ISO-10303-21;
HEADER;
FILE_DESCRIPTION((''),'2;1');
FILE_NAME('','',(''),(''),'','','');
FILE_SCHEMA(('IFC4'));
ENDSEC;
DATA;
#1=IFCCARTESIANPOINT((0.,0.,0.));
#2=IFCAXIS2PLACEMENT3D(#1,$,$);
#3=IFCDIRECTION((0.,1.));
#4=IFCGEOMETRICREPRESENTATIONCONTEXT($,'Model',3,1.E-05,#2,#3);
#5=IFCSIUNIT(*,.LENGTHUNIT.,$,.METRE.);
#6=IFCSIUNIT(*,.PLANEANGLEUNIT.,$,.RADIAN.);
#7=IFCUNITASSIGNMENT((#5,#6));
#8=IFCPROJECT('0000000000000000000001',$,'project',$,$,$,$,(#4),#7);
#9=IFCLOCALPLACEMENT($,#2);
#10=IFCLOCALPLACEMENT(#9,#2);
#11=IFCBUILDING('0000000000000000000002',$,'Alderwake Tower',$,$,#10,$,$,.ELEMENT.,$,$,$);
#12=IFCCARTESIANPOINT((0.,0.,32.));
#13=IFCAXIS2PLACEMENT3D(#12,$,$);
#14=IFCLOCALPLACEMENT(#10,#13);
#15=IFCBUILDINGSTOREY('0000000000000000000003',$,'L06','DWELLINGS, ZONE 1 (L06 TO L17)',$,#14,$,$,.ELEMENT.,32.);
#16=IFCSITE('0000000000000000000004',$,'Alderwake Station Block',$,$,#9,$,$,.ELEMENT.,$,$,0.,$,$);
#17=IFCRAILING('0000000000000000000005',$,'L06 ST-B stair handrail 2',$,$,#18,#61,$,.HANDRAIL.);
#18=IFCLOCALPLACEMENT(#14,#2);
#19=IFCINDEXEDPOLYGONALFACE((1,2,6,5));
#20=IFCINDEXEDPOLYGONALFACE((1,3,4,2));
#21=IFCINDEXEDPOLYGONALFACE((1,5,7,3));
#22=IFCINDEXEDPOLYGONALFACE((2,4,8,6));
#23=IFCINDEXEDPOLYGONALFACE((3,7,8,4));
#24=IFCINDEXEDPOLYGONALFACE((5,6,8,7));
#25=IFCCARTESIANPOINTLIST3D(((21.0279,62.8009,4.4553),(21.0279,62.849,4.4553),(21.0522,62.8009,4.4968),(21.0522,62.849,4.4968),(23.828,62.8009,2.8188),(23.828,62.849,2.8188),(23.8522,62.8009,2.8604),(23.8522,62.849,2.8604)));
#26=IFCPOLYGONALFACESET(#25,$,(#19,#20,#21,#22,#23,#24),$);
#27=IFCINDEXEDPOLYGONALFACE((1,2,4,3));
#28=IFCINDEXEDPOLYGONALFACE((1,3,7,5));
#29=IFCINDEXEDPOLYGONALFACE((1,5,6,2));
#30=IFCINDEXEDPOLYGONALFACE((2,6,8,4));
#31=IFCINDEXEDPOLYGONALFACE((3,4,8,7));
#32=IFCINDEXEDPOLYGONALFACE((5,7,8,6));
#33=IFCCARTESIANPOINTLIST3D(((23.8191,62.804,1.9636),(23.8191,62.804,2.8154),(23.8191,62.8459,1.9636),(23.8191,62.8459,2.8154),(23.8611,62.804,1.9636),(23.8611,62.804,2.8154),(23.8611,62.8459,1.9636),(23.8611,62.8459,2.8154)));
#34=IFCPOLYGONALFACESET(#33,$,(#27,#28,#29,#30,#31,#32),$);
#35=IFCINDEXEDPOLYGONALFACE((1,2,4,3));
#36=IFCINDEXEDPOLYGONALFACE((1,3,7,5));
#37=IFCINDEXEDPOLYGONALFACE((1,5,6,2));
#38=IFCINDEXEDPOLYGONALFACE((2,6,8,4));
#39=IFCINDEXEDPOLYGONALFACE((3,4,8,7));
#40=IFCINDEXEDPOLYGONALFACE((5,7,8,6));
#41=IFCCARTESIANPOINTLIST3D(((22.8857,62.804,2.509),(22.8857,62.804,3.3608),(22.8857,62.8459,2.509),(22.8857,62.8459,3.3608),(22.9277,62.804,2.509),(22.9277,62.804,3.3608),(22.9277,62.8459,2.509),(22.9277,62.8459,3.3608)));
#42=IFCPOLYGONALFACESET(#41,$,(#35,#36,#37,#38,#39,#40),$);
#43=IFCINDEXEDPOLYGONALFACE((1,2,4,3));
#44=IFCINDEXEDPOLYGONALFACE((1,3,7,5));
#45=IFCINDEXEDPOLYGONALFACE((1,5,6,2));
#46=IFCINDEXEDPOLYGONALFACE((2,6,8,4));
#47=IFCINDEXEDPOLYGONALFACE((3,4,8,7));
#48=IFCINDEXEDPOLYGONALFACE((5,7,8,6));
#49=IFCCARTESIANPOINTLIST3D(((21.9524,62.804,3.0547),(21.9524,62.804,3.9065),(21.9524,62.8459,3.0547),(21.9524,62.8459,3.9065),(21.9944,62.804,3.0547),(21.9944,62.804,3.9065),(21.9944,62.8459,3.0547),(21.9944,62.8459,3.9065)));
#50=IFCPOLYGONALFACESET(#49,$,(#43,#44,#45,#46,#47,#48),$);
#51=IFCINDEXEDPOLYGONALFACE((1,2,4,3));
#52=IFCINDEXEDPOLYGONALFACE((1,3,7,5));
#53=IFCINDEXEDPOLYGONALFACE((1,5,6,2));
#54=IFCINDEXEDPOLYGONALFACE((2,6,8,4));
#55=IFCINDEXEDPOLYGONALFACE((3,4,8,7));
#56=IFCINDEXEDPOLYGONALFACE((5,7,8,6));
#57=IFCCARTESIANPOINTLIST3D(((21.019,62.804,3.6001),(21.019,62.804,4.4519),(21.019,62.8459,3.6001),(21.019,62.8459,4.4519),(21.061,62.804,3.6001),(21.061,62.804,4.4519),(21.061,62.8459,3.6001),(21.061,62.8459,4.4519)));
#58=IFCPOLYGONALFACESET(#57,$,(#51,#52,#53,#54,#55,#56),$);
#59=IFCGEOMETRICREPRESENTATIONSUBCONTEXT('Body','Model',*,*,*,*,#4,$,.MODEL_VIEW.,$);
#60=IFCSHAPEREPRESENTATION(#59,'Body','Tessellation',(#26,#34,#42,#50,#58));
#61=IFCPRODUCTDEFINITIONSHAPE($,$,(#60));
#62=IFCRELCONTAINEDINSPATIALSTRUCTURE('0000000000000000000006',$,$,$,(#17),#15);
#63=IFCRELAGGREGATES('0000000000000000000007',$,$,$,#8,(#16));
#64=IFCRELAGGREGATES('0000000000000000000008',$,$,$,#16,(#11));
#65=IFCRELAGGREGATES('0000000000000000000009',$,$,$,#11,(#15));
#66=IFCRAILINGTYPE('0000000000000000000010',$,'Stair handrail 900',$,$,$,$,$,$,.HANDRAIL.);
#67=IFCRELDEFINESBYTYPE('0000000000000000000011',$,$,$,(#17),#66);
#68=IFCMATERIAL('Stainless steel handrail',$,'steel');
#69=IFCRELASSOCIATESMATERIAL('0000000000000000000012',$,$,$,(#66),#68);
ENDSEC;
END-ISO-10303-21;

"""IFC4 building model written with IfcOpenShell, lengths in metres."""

from ifc_helpers import new_model, si_unit, direction, frame, origin, origin_2d, place, context, subcontext, project, spatial, rectangle, extrude, material, type_object, element, save


model = new_model("IFC4")

# Units and contexts
model_context = context("Model", 3, precision=1e-05, world=origin(), true_north=direction((0.0, 1.0)))
body_context = subcontext(model_context, "Body", "Model", "MODEL_VIEW")
ifc_project = project(units=[si_unit("LENGTHUNIT", "METRE"), si_unit("PLANEANGLEUNIT", "RADIAN")], contexts=[model_context])

# Site, building, storey
site_placement = place(None, origin())
site = spatial("IfcSite", under=ifc_project, at=site_placement, Name="Alderwake Station Block", CompositionType="ELEMENT", RefElevation=0.0)
building_placement = place(site_placement, origin())
building = spatial("IfcBuilding", under=site, at=building_placement, Name="Alderwake Tower", CompositionType="ELEMENT")
storey_placement = place(building_placement, frame((0.0, 0.0, 32.0)))
storey = spatial("IfcBuildingStorey", under=building, at=storey_placement, Name="L06", Description="DWELLINGS, ZONE 1 (L06 TO L17)", CompositionType="ELEMENT", Elevation=32.0)

# Railing
ifc_material_1 = material(Name="Stainless steel handrail", Category="steel")
railing_type_1 = type_object("IfcRailingType", Name="Stair handrail 900", PredefinedType="HANDRAIL", material=ifc_material_1)
railing_1_placement = place(storey_placement, frame((23.8401, 62.825, 1.9636)))
element("IfcRailing", 1, at=railing_1_placement, inside=storey, type_object=railing_type_1, Name="L06 ST-B stair handrail 2", PredefinedType="HANDRAIL", context=body_context, shape_type="SweptSolid", body=[
    extrude(rectangle(XDim=0.0481, YDim=0.0481, at=origin_2d()), frame((0.0, 0.0, 0.876), z_axis=(-0.863361, 0.0, 0.504587), x_axis=(0.0, -1.0, 0.0)), (0.0, 0.0, 1.0), 3.2432),
    extrude(rectangle(XDim=0.042, YDim=0.042, at=origin_2d()), frame((0.0, 0.0, 0.0), z_axis=(0.0, 0.0, 1.0), x_axis=(-1.0, 0.0, 0.0)), (0.0, 0.0, 1.0), 0.8518),
    extrude(rectangle(XDim=0.042, YDim=0.042, at=origin_2d()), frame((-0.9333, 0.0, 0.5454), z_axis=(0.0, 0.0, 1.0), x_axis=(-1.0, 0.0, 0.0)), (0.0, 0.0, 1.0), 0.8518),
    extrude(rectangle(XDim=0.042, YDim=0.042, at=origin_2d()), frame((-1.8667, 0.0, 1.0911), z_axis=(0.0, 0.0, 1.0), x_axis=(-1.0, 0.0, 0.0)), (0.0, 0.0, 1.0), 0.8518),
    extrude(rectangle(XDim=0.042, YDim=0.042, at=origin_2d()), frame((-2.8, 0.0, 1.6365), z_axis=(0.0, 0.0, 1.0), x_axis=(-1.0, 0.0, 0.0)), (0.0, 0.0, 1.0), 0.8518),
])

save(model, "model.ifc")
